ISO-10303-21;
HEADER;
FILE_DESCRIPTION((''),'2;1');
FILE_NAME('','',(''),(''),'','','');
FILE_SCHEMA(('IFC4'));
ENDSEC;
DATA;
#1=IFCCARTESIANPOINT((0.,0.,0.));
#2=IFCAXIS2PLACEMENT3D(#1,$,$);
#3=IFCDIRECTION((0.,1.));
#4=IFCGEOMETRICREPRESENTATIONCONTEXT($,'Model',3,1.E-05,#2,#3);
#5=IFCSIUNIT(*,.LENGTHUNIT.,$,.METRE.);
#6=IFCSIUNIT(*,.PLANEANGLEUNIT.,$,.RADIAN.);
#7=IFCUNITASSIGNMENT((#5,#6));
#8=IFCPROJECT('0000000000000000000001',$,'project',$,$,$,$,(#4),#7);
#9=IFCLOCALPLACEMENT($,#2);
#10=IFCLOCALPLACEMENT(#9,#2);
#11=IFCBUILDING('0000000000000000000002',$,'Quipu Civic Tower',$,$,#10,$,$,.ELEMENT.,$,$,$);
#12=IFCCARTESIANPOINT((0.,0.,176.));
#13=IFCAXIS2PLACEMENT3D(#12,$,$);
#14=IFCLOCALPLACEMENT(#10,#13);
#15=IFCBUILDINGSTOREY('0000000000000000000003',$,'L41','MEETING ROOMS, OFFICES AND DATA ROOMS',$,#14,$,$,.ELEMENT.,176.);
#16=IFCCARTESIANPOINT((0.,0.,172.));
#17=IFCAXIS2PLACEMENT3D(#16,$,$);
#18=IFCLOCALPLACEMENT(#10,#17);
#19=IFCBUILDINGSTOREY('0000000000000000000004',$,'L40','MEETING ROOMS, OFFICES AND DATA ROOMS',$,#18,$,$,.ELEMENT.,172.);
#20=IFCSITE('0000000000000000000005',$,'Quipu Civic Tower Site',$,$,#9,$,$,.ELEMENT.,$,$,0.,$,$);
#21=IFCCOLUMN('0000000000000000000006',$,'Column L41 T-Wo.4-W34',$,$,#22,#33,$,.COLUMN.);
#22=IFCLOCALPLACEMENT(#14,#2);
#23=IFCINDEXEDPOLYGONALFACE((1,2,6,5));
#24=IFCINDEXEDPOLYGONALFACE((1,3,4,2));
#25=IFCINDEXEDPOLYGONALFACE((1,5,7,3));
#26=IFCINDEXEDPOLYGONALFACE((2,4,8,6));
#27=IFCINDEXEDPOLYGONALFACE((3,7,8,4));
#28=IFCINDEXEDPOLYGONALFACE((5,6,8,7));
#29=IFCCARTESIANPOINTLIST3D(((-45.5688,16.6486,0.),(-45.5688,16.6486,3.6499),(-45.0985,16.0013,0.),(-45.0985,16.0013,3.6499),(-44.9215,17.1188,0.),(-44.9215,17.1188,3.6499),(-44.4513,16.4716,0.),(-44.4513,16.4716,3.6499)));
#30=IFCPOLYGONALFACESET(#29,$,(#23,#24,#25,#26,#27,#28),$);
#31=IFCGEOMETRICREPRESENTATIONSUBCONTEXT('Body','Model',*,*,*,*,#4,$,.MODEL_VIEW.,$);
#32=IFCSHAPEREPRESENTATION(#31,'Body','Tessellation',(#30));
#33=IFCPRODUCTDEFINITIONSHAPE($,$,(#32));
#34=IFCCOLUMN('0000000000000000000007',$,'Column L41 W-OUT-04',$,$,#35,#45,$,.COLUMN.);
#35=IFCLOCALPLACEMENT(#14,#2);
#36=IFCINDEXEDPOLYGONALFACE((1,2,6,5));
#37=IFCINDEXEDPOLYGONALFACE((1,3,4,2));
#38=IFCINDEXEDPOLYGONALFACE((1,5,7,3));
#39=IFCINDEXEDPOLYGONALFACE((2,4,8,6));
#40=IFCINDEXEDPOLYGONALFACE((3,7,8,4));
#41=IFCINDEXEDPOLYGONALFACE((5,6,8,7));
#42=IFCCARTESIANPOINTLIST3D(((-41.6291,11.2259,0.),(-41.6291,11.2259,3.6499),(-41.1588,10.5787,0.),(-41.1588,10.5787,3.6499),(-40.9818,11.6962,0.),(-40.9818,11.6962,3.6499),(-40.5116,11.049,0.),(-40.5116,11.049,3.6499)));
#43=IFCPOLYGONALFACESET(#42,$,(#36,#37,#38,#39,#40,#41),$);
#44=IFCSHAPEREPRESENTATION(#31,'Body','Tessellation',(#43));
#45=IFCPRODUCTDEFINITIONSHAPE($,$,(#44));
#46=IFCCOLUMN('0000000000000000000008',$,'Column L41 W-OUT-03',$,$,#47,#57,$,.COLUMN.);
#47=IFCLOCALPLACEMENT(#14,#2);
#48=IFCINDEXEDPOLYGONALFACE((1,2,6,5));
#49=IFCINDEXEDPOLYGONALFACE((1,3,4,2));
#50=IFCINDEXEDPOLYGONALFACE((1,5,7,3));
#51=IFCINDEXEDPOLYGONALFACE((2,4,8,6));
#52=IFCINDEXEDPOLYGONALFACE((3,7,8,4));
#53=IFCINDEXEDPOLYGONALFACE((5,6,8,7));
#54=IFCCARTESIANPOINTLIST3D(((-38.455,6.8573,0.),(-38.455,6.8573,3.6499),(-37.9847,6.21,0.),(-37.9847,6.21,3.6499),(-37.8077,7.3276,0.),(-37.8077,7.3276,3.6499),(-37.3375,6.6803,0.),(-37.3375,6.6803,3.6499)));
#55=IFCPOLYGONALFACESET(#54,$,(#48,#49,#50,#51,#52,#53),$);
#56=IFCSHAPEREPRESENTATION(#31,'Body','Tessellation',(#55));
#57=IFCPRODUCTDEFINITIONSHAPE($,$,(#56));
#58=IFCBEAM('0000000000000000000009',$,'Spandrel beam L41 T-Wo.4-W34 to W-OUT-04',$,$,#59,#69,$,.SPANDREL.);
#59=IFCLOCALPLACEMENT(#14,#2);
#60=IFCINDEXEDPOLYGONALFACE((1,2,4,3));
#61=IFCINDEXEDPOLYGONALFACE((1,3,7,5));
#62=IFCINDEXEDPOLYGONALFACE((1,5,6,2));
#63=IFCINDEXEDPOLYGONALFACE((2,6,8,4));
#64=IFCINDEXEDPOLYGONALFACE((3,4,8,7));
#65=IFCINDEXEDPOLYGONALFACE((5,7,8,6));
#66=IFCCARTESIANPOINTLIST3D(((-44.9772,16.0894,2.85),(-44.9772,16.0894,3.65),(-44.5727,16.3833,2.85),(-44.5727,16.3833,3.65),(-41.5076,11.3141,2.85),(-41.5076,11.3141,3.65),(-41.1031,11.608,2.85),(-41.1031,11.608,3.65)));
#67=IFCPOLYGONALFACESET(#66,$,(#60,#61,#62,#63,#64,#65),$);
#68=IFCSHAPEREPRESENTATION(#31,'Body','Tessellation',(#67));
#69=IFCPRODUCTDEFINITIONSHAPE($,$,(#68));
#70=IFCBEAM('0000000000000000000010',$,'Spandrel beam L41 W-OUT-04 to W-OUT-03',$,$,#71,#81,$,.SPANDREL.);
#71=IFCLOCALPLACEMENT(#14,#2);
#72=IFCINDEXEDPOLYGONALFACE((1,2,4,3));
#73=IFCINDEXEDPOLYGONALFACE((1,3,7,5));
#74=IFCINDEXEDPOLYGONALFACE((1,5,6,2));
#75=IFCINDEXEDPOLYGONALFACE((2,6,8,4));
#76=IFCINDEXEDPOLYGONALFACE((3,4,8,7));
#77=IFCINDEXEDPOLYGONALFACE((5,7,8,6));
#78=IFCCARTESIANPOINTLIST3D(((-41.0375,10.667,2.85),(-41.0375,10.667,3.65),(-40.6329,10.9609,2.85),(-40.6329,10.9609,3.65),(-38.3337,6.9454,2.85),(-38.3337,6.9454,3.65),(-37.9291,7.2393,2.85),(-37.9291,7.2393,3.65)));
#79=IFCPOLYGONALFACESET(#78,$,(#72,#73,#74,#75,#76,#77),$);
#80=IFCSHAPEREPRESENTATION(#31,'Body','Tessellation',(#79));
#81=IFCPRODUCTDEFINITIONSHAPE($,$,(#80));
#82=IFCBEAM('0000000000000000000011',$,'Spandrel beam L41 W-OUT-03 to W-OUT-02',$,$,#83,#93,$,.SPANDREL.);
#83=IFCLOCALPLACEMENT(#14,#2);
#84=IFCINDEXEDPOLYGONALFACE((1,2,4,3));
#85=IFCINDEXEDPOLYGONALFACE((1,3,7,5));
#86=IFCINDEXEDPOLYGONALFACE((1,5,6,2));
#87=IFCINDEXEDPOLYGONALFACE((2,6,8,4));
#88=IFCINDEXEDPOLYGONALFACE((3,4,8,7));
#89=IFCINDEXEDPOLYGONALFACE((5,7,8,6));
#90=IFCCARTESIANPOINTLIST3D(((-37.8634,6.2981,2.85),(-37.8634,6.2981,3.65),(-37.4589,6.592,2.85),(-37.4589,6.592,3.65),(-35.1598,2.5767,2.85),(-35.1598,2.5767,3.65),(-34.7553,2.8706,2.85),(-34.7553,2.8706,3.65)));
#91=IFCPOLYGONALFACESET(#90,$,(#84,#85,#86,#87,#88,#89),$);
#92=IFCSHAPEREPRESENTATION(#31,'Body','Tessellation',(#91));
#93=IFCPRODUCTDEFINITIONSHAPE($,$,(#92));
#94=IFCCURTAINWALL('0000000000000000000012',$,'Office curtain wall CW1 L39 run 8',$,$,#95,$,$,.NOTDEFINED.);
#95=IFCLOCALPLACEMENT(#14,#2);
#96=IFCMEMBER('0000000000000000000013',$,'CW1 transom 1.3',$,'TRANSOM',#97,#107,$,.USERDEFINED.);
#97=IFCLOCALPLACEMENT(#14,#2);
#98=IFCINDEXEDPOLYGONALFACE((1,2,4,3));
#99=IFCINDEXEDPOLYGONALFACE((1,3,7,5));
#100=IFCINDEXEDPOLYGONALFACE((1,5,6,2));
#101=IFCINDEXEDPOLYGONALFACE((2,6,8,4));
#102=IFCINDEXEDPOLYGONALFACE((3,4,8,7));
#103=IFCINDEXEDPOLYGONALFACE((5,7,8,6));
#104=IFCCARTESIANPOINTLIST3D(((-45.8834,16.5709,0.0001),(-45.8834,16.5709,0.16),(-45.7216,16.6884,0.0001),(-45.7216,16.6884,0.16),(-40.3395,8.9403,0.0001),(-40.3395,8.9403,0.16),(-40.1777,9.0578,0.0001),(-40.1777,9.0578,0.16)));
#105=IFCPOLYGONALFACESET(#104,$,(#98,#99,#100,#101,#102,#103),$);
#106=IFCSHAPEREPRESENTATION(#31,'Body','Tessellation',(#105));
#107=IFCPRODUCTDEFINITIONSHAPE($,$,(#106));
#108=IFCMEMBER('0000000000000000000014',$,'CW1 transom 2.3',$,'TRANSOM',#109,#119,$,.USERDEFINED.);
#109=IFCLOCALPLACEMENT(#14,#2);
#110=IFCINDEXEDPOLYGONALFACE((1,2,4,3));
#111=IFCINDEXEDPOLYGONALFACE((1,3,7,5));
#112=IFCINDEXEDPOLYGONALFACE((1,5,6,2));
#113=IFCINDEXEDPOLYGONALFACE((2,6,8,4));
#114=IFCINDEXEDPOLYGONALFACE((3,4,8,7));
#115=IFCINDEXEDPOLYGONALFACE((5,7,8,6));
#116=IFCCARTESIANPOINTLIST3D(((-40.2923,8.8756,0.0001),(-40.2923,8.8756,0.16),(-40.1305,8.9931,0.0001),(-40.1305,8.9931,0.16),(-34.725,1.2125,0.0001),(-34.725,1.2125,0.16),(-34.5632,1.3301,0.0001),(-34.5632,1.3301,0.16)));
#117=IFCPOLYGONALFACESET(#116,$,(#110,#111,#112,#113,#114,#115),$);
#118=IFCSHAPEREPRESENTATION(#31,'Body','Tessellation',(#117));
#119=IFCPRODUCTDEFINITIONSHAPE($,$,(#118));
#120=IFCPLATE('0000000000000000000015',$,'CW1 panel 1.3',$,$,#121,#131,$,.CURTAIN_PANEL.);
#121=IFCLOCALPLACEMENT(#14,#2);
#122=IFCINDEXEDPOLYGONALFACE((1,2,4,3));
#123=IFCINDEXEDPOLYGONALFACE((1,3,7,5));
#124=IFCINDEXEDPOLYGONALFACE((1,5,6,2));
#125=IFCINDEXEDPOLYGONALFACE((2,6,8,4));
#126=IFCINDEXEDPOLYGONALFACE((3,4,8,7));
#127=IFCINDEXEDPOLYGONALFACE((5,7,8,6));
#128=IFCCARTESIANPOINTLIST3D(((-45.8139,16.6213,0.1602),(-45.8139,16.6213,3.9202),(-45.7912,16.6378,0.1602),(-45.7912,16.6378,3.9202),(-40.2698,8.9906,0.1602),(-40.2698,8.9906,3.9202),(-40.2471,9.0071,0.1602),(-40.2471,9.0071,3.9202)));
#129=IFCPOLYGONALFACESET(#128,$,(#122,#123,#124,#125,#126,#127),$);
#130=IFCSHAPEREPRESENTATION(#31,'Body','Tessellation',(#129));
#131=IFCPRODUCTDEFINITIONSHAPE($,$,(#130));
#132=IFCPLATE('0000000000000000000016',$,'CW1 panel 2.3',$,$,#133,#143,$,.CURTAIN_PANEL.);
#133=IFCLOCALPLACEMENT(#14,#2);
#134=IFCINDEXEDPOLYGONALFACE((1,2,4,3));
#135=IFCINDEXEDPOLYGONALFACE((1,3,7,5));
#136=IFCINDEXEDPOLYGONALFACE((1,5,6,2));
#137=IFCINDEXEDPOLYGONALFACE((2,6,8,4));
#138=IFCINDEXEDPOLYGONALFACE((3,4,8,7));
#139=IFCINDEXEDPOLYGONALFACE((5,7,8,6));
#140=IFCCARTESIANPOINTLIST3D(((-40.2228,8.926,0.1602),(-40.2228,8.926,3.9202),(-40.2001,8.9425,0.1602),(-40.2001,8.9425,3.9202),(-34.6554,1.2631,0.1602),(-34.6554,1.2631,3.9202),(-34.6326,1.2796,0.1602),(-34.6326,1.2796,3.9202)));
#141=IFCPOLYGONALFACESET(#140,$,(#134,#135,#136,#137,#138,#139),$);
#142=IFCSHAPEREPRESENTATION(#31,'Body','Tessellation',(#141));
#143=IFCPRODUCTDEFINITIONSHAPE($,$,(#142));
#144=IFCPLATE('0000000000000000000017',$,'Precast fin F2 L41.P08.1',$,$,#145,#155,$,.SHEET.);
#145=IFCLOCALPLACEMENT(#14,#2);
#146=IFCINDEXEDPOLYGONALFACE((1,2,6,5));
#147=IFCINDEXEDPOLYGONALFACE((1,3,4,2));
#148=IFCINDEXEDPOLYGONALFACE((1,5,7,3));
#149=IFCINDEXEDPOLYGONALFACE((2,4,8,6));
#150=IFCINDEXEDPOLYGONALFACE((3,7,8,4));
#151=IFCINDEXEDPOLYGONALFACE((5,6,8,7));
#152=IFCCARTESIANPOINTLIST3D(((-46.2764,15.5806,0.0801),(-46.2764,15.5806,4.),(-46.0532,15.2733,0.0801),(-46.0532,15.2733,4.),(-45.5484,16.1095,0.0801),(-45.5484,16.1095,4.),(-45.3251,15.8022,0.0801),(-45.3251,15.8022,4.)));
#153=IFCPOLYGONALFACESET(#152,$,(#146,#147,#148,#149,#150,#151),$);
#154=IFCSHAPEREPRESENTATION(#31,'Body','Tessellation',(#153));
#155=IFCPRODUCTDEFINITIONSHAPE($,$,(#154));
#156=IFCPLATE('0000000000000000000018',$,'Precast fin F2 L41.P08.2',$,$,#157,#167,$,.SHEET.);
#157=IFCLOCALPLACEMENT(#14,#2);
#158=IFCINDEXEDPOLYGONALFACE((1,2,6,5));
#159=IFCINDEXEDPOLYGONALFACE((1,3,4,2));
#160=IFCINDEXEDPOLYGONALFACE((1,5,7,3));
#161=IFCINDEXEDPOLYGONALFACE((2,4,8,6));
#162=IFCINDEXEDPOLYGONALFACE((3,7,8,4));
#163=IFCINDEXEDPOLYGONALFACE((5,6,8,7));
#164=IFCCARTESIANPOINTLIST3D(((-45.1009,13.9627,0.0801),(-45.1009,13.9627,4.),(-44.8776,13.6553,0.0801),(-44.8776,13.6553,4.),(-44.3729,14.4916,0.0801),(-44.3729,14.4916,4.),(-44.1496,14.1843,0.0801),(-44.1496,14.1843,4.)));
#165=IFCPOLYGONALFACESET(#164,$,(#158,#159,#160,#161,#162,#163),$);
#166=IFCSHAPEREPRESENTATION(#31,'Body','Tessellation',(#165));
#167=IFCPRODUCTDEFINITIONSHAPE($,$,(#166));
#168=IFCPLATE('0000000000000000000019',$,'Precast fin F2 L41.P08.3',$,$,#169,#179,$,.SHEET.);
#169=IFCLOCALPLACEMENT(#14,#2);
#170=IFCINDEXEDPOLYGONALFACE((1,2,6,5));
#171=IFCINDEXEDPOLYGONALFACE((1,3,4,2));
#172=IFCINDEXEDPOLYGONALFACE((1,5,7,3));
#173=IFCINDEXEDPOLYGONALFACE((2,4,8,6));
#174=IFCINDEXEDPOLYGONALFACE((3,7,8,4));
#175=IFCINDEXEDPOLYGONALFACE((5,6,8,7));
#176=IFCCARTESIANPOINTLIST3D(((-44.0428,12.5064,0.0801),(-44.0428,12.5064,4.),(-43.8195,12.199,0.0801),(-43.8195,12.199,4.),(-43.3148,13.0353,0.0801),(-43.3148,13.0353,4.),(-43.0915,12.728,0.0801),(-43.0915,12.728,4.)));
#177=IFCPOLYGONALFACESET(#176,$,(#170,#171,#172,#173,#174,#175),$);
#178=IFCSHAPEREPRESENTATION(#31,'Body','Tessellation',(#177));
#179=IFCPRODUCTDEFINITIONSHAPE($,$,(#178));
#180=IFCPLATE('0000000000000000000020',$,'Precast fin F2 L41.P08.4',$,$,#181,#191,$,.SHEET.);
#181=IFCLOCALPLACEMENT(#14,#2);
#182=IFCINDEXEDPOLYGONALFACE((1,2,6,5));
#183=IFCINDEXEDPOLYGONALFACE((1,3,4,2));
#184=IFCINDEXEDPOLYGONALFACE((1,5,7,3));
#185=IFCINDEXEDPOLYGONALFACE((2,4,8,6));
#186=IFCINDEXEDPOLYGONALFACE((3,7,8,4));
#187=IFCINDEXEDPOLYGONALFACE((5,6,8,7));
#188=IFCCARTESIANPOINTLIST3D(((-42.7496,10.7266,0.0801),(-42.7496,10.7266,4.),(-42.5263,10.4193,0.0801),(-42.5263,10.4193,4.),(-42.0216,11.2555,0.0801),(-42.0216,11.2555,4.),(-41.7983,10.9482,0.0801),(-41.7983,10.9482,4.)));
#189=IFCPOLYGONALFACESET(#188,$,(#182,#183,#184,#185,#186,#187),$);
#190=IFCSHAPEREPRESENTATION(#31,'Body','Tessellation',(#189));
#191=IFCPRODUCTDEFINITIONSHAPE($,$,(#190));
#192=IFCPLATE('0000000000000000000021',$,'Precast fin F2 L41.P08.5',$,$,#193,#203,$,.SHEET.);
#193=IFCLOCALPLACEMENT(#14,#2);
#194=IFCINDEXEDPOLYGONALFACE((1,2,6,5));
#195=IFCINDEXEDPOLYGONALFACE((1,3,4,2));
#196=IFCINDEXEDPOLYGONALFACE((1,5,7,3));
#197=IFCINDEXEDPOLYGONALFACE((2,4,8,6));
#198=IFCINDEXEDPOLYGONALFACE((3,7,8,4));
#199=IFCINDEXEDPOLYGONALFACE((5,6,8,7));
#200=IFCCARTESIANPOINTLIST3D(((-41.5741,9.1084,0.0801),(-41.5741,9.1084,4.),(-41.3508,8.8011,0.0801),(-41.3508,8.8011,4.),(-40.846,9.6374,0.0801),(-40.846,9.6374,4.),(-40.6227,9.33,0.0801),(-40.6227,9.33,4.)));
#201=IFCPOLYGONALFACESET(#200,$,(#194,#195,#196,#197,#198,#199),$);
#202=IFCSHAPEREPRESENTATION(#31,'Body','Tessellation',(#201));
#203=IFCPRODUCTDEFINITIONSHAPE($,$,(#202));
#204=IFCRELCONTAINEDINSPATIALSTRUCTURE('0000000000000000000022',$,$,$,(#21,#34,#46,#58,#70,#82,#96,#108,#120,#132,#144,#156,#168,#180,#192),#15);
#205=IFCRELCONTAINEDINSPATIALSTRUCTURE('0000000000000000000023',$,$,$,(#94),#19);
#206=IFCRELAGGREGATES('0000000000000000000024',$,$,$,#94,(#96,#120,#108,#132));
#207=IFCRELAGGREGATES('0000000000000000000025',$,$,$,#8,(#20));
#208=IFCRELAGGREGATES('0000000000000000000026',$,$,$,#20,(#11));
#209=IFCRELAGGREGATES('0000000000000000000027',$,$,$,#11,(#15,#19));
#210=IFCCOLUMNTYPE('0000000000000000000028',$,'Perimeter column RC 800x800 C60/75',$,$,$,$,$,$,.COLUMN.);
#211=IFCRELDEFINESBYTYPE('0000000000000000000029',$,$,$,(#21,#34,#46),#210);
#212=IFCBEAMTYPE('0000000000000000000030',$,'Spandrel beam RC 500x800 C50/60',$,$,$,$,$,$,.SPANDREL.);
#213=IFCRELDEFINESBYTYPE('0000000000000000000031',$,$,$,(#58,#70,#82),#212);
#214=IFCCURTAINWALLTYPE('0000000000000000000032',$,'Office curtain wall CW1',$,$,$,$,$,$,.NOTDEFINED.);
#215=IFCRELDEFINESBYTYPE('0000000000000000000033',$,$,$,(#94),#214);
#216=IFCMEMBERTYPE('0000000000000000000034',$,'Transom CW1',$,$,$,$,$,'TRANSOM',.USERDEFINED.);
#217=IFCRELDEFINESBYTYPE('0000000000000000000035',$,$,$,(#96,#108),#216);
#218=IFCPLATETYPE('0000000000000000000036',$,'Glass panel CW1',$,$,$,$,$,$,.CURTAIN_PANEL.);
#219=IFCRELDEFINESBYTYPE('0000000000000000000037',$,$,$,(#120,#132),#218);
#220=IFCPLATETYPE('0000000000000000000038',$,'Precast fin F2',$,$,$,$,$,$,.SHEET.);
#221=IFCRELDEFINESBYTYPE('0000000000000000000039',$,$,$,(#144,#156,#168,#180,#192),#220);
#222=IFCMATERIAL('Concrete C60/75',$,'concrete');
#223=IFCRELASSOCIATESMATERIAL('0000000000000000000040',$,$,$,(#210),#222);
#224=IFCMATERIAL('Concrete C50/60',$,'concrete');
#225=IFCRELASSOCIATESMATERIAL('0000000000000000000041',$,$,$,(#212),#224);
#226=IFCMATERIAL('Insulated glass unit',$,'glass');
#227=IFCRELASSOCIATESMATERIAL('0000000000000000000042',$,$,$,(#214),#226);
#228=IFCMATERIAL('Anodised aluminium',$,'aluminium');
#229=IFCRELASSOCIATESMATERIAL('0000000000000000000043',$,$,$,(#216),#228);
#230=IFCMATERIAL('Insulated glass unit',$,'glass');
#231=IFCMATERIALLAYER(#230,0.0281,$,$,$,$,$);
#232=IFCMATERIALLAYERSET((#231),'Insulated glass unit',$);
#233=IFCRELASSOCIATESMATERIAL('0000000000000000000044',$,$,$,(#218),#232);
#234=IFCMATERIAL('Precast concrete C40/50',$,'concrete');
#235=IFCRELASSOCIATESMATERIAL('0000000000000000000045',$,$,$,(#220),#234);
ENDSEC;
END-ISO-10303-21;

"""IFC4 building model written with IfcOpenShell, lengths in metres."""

from ifc_helpers import new_model, si_unit, direction, frame, origin, origin_2d, place, context, subcontext, project, spatial, rectangle, extrude, material, layer, layer_set, material_profile, profile_set, type_object, element, aggregate, save


model = new_model("IFC4")

# Units and contexts
model_context = context("Model", 3, precision=1e-05, world=origin(), true_north=direction((0.0, 1.0)))
body_context = subcontext(model_context, "Body", "Model", "MODEL_VIEW")
ifc_project = project(units=[si_unit("LENGTHUNIT", "METRE"), si_unit("PLANEANGLEUNIT", "RADIAN")], contexts=[model_context])

# Site, building, storey
site_placement = place(None, origin())
site = spatial("IfcSite", under=ifc_project, at=site_placement, Name="Quipu Civic Tower Site", CompositionType="ELEMENT", RefElevation=0.0)
building_placement = place(site_placement, origin())
building = spatial("IfcBuilding", under=site, at=building_placement, Name="Quipu Civic Tower", CompositionType="ELEMENT")
storey_1_placement = place(building_placement, frame((0.0, 0.0, 176.0)))
storey_1 = spatial("IfcBuildingStorey", under=building, at=storey_1_placement, Name="L41", Description="MEETING ROOMS, OFFICES AND DATA ROOMS", CompositionType="ELEMENT", Elevation=176.0)

# Columns
ifc_material_1 = material(Name="Concrete C60/75", Category="concrete")
ifc_material_profile_1 = material_profile(ifc_material_1, rectangle(XDim=0.8, YDim=0.8, at=origin_2d()), Name="RC800x800")
ifc_profile_set_1 = profile_set([ifc_material_profile_1], Name="Concrete C60/75")
column_type = type_object("IfcColumnType", Name="Perimeter column RC 800x800 C60/75", PredefinedType="COLUMN", material=ifc_profile_set_1)
for number, where, z_axis, x_axis, name in (
    (1, (-45.01, 16.5601, 0.0), (0.0, 0.0, 1.0), (0.587785, -0.809017, 0.0), "Column L41 T-Wo.4-W34"),
    (2, (-41.0703, 11.1375, 0.0), (0.0, 0.0, 1.0), (0.587785, -0.809017, 0.0), "Column L41 W-OUT-04"),
    (3, (-37.8962, 6.7688, 0.0), (0.0, 0.0, 1.0), (0.587785, -0.809017, 0.0), "Column L41 W-OUT-03"),
):
    element("IfcColumn", number, at=place(storey_1_placement, frame(where, z_axis=z_axis, x_axis=x_axis)), inside=storey_1, type_object=column_type, Name=name, PredefinedType="COLUMN", context=body_context, shape_type="SweptSolid", body=[
        extrude(rectangle(XDim=0.8, YDim=0.8, at=origin_2d()), origin(), (0.0, 0.0, 1.0), 3.6499),
    ])

# Beams
ifc_material_2 = material(Name="Concrete C50/60", Category="concrete")
ifc_material_profile_2 = material_profile(ifc_material_2, rectangle(XDim=0.5, YDim=0.8, at=origin_2d()), Name="RC500x800")
ifc_profile_set_2 = profile_set([ifc_material_profile_2], Name="Concrete C50/60")
beam_type = type_object("IfcBeamType", Name="Spandrel beam RC 500x800 C50/60", PredefinedType="SPANDREL", material=ifc_profile_set_2)
beam_1_placement = place(storey_1_placement, frame((-44.7749, 16.2363, 3.25), z_axis=(0.5878, -0.809006, 0.0), x_axis=(0.809006, 0.5878, 0.0)))
element("IfcBeam", 4, at=beam_1_placement, inside=storey_1, type_object=beam_type, Name="Spandrel beam L41 T-Wo.4-W34 to W-OUT-04", PredefinedType="SPANDREL", context=body_context, shape_type="SweptSolid", body=[
    extrude(rectangle(XDim=0.5, YDim=0.8, at=origin_2d()), origin(), (0.0, 0.0, 1.0), 5.9026),
])
beam_2_placement = place(storey_1_placement, frame((-40.8352, 10.814, 3.25), z_axis=(0.587771, -0.809027, 0.0), x_axis=(0.809027, 0.587771, 0.0)))
element("IfcBeam", 5, at=beam_2_placement, inside=storey_1, type_object=beam_type, Name="Spandrel beam L41 W-OUT-04 to W-OUT-03", PredefinedType="SPANDREL", context=body_context, shape_type="SweptSolid", body=[
    extrude(rectangle(XDim=0.5, YDim=0.8, at=origin_2d()), origin(), (0.0, 0.0, 1.0), 4.6001),
])
beam_3_placement = place(storey_1_placement, frame((-37.6611, 6.4451, 3.25), z_axis=(0.587761, -0.809034, 0.0), x_axis=(0.809034, 0.587761, 0.0)))
element("IfcBeam", 6, at=beam_3_placement, inside=storey_1, type_object=beam_type, Name="Spandrel beam L41 W-OUT-03 to W-OUT-02", PredefinedType="SPANDREL", context=body_context, shape_type="SweptSolid", body=[
    extrude(rectangle(XDim=0.5, YDim=0.8, at=origin_2d()), origin(), (0.0, 0.0, 1.0), 4.5999),
])

# Shared definitions
storey_2_placement = place(building_placement, frame((0.0, 0.0, 172.0)))
storey_2 = spatial("IfcBuildingStorey", under=building, at=storey_2_placement, Name="L40", Description="MEETING ROOMS, OFFICES AND DATA ROOMS", CompositionType="ELEMENT", Elevation=172.0)

# Curtain wall, members, plates
ifc_material_3 = material(Name="Insulated glass unit", Category="glass")
curtain_wall_type = type_object("IfcCurtainWallType", Name="Office curtain wall CW1", PredefinedType="NOTDEFINED", material=ifc_material_3)
curtain_wall_placement = place(storey_2_placement, origin())
curtain_wall = element("IfcCurtainWall", 7, at=curtain_wall_placement, inside=storey_2, type_object=curtain_wall_type, Name="Office curtain wall CW1 L39 run 8", PredefinedType="NOTDEFINED")
ifc_material_4 = material(Name="Anodised aluminium", Category="aluminium")
ifc_material_profile_3 = material_profile(ifc_material_4, rectangle(XDim=0.2, YDim=0.1599, at=origin_2d()), Name="RECT 200x160")
ifc_profile_set_3 = profile_set([ifc_material_profile_3], Name="Anodised aluminium")
member_type = type_object("IfcMemberType", Name="Transom CW1", ElementType="TRANSOM", PredefinedType="USERDEFINED", material=ifc_profile_set_3)
member_1_placement = place(storey_1_placement, frame((-45.8025, 16.6296, 0.0801), z_axis=(0.587784, -0.809018, 0.0), x_axis=(0.809018, 0.587784, 0.0)))
member_1 = element("IfcMember", 8, at=member_1_placement, inside=storey_1, type_object=member_type, Name="CW1 transom 1.3", ObjectType="TRANSOM", PredefinedType="USERDEFINED", context=body_context, shape_type="SweptSolid", body=[
    extrude(rectangle(XDim=0.2, YDim=0.1599, at=origin_2d()), origin(), (0.0, 0.0, 1.0), 9.4319),
])
member_2_placement = place(storey_1_placement, frame((-40.2114, 8.9343, 0.0801), z_axis=(0.587773, -0.809026, 0.0), x_axis=(0.809026, 0.587773, 0.0)))
member_2 = element("IfcMember", 9, at=member_2_placement, inside=storey_1, type_object=member_type, Name="CW1 transom 2.3", ObjectType="TRANSOM", PredefinedType="USERDEFINED", context=body_context, shape_type="SweptSolid", body=[
    extrude(rectangle(XDim=0.2, YDim=0.1599, at=origin_2d()), origin(), (0.0, 0.0, 1.0), 9.4719),
])
ifc_material_5 = material(Name="Insulated glass unit", Category="glass")
ifc_layer_1 = layer(ifc_material_5, 0.0281)
ifc_layer_set_1 = layer_set([ifc_layer_1], Name="Insulated glass unit")
plate_type_1 = type_object("IfcPlateType", Name="Glass panel CW1", PredefinedType="CURTAIN_PANEL", material=ifc_layer_set_1)
plate_1_placement = place(storey_1_placement, frame((-43.0305, 12.8142, 0.1602), z_axis=(0.0, 0.0, 1.0), x_axis=(0.587786, -0.809017, 0.0)))
plate_1 = element("IfcPlate", 10, at=plate_1_placement, inside=storey_1, type_object=plate_type_1, Name="CW1 panel 1.3", PredefinedType="CURTAIN_PANEL", context=body_context, shape_type="SweptSolid", body=[
    extrude(rectangle(XDim=9.4321, YDim=0.0281, at=origin_2d()), origin(), (0.0, 0.0, 1.0), 3.76),
])
plate_2_placement = place(storey_1_placement, frame((-37.4277, 5.1028, 0.1602), z_axis=(0.0, 0.0, 1.0), x_axis=(0.587786, -0.809017, 0.0)))
plate_2 = element("IfcPlate", 11, at=plate_2_placement, inside=storey_1, type_object=plate_type_1, Name="CW1 panel 2.3", PredefinedType="CURTAIN_PANEL", context=body_context, shape_type="SweptSolid", body=[
    extrude(rectangle(XDim=9.4719, YDim=0.0281, at=origin_2d()), origin(), (0.0, 0.0, 1.0), 3.76),
])
aggregate(curtain_wall, [member_1, plate_1, member_2, plate_2])

# Plates
ifc_material_6 = material(Name="Precast concrete C40/50", Category="concrete")
plate_type_2 = type_object("IfcPlateType", Name="Precast fin F2", PredefinedType="SHEET", material=ifc_material_6)
for number, where, z_axis, x_axis, name in (
    (12, (-45.8008, 15.6914, 0.0801), (0.0, 0.0, 1.0), (0.587786, -0.809017, 0.0), "Precast fin F2 L41.P08.1"),
    (13, (-44.6252, 14.0735, 0.0801), (0.0, 0.0, 1.0), (0.587786, -0.809017, 0.0), "Precast fin F2 L41.P08.2"),
    (14, (-43.5671, 12.6172, 0.0801), (0.0, 0.0, 1.0), (0.587786, -0.809017, 0.0), "Precast fin F2 L41.P08.3"),
    (15, (-42.2739, 10.8374, 0.0801), (0.0, 0.0, 1.0), (0.587786, -0.809017, 0.0), "Precast fin F2 L41.P08.4"),
    (16, (-41.0984, 9.2192, 0.0801), (0.0, 0.0, 1.0), (0.587786, -0.809017, 0.0), "Precast fin F2 L41.P08.5"),
):
    element("IfcPlate", number, at=place(storey_1_placement, frame(where, z_axis=z_axis, x_axis=x_axis)), inside=storey_1, type_object=plate_type_2, Name=name, PredefinedType="SHEET", context=body_context, shape_type="SweptSolid", body=[
        extrude(rectangle(XDim=0.3799, YDim=0.8999, at=origin_2d()), origin(), (0.0, 0.0, 1.0), 3.9199),
    ])

save(model, "model.ifc")
